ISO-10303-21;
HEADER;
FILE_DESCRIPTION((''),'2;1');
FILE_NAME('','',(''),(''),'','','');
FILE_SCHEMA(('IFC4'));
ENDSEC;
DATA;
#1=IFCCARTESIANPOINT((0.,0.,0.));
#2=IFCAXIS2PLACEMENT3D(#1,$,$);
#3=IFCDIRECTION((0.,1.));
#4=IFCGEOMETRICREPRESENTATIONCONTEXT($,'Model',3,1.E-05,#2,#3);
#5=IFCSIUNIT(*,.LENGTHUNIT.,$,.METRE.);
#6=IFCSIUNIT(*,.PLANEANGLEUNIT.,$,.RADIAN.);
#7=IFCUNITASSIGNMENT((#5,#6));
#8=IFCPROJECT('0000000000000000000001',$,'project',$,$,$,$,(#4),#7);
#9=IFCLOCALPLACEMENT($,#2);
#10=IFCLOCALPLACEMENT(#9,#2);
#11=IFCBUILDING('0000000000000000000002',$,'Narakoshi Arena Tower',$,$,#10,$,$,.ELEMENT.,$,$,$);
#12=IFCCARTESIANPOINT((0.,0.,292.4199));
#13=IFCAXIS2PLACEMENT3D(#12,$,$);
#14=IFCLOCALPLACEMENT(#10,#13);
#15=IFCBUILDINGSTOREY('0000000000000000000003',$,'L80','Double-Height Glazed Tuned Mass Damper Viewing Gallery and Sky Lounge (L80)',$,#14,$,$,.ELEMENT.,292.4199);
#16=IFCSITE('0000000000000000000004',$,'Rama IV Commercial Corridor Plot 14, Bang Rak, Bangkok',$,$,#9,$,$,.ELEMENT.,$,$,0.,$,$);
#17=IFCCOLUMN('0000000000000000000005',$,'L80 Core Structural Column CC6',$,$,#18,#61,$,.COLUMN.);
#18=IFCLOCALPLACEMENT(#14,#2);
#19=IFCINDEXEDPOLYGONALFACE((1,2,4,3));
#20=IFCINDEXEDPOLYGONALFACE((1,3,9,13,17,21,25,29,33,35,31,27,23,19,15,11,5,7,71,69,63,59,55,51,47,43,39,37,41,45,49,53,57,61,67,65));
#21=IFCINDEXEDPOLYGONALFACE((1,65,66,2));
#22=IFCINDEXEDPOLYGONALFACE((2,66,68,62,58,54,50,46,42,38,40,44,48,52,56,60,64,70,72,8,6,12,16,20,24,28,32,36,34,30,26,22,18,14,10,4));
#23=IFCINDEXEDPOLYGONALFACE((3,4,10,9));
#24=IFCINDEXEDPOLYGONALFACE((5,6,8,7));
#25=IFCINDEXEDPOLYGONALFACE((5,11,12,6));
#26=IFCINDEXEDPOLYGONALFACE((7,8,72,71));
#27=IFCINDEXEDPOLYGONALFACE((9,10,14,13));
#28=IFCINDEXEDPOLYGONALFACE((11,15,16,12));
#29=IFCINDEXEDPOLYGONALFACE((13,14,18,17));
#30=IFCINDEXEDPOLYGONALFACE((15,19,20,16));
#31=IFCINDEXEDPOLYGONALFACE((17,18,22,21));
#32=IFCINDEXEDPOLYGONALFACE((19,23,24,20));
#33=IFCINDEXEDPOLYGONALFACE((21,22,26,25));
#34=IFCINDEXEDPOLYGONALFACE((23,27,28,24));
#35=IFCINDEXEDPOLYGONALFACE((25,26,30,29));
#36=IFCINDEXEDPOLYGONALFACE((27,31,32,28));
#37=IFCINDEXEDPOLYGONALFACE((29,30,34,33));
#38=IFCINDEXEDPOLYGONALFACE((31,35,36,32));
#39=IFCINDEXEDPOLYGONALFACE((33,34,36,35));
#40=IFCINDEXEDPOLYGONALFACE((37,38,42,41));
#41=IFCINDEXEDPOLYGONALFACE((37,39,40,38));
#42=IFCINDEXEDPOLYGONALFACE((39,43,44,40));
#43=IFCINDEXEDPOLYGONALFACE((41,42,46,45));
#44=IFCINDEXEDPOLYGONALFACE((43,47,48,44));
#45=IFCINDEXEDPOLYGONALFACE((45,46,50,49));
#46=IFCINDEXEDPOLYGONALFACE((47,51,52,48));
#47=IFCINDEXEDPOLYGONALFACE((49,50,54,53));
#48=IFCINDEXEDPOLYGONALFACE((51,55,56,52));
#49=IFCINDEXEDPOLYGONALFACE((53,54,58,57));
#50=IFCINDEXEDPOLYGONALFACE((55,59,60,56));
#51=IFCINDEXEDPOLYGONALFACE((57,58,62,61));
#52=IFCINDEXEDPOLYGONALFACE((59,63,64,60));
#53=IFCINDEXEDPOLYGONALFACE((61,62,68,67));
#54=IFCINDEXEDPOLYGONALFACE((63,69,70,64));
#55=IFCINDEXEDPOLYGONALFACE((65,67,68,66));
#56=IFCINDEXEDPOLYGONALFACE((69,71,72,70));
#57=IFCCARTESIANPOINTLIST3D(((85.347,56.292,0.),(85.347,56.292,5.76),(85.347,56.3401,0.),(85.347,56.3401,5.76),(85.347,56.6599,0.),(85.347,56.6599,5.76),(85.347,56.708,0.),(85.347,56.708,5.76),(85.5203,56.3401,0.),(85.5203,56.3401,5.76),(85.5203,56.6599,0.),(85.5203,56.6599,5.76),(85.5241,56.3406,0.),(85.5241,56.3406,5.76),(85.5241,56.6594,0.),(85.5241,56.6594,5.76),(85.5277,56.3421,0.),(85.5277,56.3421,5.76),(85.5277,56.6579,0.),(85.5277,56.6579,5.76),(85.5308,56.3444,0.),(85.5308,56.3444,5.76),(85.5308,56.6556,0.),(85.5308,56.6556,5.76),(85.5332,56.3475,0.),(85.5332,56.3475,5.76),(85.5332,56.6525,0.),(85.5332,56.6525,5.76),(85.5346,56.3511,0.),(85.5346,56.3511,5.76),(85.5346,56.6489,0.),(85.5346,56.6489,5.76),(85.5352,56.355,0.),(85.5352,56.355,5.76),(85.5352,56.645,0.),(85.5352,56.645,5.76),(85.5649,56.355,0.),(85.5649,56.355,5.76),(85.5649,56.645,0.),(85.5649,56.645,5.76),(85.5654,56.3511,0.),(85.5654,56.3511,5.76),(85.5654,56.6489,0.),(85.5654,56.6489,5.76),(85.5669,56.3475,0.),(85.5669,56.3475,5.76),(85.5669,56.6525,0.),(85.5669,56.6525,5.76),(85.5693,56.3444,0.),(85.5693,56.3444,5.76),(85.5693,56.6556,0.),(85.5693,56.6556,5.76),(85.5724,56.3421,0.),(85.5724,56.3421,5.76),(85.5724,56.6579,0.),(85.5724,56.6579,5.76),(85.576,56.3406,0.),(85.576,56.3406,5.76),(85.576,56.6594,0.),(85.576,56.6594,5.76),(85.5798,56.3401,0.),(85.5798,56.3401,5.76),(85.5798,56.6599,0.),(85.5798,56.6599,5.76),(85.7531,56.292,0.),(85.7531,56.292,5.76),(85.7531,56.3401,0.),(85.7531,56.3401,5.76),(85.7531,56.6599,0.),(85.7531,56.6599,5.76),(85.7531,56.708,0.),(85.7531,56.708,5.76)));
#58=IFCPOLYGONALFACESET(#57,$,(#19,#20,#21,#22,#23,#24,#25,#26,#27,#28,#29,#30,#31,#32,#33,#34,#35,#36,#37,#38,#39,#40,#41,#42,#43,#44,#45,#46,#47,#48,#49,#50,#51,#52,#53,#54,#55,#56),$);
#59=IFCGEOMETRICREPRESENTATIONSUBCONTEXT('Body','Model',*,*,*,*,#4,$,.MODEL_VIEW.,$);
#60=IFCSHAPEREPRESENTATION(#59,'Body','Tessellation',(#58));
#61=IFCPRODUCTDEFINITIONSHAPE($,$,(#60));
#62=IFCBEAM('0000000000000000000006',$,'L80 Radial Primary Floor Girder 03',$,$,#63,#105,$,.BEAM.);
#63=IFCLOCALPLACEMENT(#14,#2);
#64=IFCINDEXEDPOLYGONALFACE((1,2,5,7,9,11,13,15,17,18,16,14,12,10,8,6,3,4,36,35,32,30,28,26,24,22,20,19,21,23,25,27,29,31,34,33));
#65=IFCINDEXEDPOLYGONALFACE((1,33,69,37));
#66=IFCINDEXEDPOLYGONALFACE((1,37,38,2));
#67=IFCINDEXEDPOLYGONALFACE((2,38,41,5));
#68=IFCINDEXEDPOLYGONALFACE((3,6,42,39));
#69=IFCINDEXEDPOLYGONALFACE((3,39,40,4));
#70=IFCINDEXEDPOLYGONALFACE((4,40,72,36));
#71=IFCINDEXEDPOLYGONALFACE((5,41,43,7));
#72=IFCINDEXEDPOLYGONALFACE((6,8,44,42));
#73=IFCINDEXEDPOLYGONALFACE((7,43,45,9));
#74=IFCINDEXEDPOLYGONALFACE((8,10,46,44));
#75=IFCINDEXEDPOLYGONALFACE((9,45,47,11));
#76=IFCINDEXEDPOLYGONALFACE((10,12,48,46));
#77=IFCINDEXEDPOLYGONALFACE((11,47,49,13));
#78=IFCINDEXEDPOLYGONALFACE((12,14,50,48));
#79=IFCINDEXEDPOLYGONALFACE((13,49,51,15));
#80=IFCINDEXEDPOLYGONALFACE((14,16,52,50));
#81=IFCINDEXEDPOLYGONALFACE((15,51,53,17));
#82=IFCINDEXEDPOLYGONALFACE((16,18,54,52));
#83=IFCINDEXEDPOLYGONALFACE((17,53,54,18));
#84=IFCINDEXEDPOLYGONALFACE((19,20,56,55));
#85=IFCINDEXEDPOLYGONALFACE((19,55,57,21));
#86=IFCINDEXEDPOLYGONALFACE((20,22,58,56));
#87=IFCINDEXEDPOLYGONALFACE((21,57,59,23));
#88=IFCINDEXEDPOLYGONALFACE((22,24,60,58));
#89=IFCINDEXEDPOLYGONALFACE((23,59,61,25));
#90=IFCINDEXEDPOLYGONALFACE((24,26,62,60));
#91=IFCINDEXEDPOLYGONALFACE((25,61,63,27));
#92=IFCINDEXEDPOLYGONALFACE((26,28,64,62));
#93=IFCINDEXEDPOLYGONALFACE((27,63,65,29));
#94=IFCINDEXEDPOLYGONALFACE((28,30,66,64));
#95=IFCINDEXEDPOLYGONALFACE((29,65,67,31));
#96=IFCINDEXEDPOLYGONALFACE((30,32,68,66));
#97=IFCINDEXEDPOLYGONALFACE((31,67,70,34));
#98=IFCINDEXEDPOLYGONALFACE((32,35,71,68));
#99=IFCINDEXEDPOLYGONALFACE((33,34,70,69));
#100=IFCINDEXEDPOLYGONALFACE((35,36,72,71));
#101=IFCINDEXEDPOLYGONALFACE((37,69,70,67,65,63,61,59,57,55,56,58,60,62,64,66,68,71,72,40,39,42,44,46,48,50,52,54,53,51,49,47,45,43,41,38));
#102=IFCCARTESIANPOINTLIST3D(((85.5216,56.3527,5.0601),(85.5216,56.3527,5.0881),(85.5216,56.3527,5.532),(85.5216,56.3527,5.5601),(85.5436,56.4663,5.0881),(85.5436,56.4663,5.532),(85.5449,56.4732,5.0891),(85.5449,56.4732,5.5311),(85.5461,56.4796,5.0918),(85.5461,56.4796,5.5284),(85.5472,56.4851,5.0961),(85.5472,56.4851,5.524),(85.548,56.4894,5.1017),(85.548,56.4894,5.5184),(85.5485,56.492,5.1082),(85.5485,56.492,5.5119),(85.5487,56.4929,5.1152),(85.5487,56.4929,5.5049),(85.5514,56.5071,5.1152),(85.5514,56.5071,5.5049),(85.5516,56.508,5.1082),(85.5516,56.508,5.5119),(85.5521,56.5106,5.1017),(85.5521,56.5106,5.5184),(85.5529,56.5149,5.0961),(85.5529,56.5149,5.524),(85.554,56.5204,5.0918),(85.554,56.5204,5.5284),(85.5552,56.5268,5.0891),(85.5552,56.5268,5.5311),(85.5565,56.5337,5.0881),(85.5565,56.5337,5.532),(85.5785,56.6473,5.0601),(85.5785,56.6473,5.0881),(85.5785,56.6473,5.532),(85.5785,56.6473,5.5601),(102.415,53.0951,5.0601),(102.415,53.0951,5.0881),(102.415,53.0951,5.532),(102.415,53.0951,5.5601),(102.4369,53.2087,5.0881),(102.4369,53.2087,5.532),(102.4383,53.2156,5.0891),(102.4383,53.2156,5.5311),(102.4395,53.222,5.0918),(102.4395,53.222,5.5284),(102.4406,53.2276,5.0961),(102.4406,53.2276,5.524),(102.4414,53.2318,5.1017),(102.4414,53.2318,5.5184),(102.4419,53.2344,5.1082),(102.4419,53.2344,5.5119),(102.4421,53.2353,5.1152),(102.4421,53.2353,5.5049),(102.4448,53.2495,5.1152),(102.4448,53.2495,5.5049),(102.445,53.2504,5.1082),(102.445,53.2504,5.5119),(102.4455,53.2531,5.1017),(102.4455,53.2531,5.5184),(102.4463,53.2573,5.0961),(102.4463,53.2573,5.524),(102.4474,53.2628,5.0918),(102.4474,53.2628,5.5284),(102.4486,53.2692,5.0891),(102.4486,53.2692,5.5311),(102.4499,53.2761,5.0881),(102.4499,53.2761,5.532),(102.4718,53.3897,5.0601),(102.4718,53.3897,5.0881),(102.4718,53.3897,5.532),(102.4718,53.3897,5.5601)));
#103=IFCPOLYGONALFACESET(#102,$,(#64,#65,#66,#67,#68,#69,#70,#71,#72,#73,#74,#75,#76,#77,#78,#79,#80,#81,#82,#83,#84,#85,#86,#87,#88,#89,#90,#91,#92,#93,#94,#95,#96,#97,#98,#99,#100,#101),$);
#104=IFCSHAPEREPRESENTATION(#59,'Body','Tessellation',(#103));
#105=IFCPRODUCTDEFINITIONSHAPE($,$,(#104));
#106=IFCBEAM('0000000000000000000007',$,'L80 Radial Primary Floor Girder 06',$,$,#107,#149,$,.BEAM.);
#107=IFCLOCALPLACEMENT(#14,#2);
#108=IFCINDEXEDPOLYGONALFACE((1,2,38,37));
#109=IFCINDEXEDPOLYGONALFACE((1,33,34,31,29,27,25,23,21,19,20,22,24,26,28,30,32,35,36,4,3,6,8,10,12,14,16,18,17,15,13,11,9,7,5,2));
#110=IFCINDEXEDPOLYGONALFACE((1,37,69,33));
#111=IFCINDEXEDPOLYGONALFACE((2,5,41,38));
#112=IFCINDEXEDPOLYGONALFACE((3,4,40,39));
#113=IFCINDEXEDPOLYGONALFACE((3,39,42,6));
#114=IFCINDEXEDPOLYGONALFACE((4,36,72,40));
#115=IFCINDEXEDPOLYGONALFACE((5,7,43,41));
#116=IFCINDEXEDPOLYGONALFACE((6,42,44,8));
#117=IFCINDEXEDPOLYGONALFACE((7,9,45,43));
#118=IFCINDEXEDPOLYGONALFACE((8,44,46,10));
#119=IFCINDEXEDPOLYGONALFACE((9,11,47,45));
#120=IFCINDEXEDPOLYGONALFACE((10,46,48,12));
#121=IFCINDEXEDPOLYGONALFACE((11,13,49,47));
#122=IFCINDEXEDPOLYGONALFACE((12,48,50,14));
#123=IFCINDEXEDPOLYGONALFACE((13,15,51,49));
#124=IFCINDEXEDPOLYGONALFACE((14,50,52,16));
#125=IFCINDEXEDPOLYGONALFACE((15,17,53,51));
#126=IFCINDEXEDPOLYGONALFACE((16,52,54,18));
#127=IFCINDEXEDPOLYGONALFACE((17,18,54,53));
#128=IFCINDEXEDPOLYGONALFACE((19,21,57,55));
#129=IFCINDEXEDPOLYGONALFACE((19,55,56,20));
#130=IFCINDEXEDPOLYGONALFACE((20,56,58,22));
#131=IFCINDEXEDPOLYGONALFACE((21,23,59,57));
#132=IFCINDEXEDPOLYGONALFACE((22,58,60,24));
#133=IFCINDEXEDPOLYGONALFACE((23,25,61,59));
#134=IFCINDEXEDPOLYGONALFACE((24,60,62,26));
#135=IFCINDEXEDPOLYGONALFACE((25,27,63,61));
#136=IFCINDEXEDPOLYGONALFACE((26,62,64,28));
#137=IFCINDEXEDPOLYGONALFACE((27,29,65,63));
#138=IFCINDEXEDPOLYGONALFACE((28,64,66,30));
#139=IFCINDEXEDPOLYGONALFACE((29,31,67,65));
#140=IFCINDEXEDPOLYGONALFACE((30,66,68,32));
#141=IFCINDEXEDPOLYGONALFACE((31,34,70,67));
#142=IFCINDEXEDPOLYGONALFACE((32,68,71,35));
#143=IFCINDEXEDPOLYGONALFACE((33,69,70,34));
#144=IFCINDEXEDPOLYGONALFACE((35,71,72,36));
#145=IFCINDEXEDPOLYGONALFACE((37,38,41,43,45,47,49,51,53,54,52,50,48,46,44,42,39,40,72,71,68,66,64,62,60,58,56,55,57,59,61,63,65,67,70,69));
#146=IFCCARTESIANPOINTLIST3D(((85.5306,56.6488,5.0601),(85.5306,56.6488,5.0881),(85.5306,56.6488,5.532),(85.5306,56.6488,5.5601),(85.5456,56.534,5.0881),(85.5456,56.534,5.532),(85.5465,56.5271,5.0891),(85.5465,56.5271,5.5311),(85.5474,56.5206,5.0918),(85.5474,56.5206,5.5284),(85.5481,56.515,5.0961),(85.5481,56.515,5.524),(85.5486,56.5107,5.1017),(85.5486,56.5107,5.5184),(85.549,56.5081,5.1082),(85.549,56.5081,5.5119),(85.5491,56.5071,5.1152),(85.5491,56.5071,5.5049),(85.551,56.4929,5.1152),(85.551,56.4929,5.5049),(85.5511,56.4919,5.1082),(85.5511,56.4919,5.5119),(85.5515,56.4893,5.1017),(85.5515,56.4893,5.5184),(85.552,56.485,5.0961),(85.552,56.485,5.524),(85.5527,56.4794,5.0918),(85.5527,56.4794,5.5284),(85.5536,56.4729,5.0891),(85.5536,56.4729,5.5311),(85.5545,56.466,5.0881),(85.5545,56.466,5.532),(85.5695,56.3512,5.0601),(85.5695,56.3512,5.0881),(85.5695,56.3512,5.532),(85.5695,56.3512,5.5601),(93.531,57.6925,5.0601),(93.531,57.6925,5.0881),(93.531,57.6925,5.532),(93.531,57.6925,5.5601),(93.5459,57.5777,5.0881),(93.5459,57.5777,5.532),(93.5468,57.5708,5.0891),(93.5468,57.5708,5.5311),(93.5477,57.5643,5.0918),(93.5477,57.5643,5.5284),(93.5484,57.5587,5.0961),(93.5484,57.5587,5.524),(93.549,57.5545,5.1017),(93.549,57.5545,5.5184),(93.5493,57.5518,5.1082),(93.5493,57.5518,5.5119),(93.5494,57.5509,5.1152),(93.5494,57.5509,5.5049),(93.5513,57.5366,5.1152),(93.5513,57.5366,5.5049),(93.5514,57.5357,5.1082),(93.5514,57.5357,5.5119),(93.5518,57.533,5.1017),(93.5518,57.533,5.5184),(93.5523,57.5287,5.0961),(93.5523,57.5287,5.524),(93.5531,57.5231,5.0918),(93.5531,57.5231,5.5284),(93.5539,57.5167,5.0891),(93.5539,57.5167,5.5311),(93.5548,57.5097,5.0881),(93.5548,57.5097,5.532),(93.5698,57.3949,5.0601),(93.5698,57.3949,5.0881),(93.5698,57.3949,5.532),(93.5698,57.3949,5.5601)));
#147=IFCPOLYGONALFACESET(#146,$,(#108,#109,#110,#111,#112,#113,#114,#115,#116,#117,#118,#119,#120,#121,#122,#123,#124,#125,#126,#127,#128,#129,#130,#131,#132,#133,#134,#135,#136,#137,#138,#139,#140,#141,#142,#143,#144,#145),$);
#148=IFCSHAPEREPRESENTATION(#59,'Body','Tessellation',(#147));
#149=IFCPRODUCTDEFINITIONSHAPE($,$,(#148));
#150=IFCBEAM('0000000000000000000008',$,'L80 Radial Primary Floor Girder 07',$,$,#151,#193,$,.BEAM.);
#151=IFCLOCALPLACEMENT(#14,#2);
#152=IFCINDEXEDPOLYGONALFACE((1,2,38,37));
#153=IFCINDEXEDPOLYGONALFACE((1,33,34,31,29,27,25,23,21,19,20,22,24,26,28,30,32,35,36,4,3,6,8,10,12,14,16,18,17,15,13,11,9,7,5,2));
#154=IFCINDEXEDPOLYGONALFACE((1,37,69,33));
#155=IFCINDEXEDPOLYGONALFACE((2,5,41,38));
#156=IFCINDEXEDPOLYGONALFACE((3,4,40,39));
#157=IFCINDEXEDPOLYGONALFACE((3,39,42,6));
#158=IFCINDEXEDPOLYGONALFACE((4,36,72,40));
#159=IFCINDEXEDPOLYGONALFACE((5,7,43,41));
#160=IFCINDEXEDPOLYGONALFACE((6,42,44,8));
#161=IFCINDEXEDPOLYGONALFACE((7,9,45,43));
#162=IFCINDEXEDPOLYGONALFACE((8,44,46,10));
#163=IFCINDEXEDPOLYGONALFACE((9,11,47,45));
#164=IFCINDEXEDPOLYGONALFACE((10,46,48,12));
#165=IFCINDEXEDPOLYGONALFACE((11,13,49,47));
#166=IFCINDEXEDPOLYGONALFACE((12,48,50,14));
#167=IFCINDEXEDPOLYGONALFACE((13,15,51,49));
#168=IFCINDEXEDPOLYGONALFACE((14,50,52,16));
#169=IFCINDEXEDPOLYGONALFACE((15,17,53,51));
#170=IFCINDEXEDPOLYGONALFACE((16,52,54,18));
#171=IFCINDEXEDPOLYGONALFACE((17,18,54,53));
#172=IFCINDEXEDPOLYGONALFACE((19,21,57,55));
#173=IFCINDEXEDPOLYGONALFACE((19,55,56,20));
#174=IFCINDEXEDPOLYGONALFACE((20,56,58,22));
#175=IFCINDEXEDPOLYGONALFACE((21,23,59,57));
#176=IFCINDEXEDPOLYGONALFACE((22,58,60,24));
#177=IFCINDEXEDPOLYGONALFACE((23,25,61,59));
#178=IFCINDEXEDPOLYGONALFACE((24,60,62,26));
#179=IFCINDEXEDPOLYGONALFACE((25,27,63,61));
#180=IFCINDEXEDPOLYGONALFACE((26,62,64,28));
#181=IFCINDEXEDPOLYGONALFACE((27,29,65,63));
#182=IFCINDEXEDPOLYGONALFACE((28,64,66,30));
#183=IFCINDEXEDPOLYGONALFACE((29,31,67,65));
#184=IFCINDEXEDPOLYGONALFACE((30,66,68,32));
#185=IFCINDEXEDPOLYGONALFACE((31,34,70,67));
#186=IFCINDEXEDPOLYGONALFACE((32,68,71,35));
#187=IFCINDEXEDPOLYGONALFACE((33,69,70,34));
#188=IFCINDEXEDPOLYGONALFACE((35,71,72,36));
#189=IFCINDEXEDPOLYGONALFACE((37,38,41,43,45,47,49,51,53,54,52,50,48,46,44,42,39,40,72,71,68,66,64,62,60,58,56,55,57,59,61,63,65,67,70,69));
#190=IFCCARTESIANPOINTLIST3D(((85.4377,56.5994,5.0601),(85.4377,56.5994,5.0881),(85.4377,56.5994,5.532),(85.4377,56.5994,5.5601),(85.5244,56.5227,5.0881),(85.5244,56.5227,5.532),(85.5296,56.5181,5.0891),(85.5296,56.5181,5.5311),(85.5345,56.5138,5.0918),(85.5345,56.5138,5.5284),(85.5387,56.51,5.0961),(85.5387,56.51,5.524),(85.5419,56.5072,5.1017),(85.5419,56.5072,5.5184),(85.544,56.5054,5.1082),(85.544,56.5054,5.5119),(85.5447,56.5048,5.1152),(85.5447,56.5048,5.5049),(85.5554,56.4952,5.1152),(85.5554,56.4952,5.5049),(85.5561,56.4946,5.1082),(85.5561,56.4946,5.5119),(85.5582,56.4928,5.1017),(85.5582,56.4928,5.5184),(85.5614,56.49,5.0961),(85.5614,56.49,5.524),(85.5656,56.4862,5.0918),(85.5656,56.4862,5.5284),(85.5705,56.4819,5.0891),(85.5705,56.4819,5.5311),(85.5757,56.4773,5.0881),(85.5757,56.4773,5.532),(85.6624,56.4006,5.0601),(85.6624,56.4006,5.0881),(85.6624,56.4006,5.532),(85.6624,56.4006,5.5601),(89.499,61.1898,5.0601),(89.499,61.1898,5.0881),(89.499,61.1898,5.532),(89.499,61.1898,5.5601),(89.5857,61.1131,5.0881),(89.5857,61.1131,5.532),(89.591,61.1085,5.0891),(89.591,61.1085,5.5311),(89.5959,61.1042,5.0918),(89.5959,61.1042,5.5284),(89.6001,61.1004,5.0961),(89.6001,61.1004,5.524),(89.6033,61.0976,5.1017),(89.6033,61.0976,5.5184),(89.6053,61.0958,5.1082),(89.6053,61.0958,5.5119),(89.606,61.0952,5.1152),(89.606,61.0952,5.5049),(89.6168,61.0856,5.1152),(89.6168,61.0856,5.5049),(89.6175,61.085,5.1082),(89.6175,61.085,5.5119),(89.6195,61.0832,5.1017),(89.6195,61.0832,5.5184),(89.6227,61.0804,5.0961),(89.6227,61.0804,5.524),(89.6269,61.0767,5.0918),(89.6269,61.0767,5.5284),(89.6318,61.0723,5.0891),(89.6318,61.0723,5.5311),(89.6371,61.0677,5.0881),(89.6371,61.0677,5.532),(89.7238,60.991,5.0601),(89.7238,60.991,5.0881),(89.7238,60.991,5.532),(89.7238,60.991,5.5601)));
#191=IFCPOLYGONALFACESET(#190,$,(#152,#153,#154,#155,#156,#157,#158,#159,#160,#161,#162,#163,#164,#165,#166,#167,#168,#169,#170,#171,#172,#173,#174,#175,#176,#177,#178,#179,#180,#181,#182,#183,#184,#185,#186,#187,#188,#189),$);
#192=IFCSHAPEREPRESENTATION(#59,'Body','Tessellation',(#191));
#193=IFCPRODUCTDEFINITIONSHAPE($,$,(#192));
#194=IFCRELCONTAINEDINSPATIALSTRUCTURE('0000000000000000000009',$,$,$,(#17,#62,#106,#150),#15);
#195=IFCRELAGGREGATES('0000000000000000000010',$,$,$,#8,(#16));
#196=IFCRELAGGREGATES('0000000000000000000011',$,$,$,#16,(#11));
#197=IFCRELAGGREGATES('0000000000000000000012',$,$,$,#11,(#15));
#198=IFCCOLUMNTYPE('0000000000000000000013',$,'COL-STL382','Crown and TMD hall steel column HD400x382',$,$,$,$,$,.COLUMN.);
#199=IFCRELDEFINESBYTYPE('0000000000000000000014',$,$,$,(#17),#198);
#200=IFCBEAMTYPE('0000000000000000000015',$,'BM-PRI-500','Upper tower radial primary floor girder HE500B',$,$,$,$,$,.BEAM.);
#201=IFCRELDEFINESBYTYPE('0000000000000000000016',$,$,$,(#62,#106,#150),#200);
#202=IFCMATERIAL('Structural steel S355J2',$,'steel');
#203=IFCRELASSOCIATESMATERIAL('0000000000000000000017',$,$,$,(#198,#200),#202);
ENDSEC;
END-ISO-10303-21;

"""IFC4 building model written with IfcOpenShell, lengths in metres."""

from ifc_helpers import new_model, si_unit, direction, frame, origin, origin_2d, place, context, subcontext, project, spatial, i_section, extrude, material, material_profile, profile_set, type_object, element, save


model = new_model("IFC4")

# Units and contexts
model_context = context("Model", 3, precision=1e-05, world=origin(), true_north=direction((0.0, 1.0)))
body_context = subcontext(model_context, "Body", "Model", "MODEL_VIEW")
ifc_project = project(units=[si_unit("LENGTHUNIT", "METRE"), si_unit("PLANEANGLEUNIT", "RADIAN")], contexts=[model_context])

# Site, building, storey
site_placement = place(None, origin())
site = spatial("IfcSite", under=ifc_project, at=site_placement, Name="Rama IV Commercial Corridor Plot 14, Bang Rak, Bangkok", CompositionType="ELEMENT", RefElevation=0.0)
building_placement = place(site_placement, origin())
building = spatial("IfcBuilding", under=site, at=building_placement, Name="Narakoshi Arena Tower", CompositionType="ELEMENT")
storey_placement = place(building_placement, frame((0.0, 0.0, 292.4199)))
storey = spatial("IfcBuildingStorey", under=building, at=storey_placement, Name="L80", Description="Double-Height Glazed Tuned Mass Damper Viewing Gallery and Sky Lounge (L80)", CompositionType="ELEMENT", Elevation=292.4199)

# Column
ifc_material_1 = material(Name="Structural steel S355J2", Category="steel")
ifc_material_profile_1 = material_profile(ifc_material_1, i_section(OverallWidth=0.406, OverallDepth=0.416, WebThickness=0.0298, FlangeThickness=0.0481, FilletRadius=0.0149, at=origin_2d()), Name="HD400x382")
ifc_profile_set_1 = profile_set([ifc_material_profile_1], Name="Structural steel S355J2")
column_type = type_object("IfcColumnType", Name="COL-STL382", Description="Crown and TMD hall steel column HD400x382", PredefinedType="COLUMN", material=ifc_profile_set_1)
column_placement = place(storey_placement, frame((85.55, 56.5, 0.0), z_axis=(0.0, 0.0, 1.0), x_axis=(1.0, 0.0, 0.0)))
element("IfcColumn", 1, at=column_placement, inside=storey, type_object=column_type, Name="L80 Core Structural Column CC6", PredefinedType="COLUMN", context=body_context, shape_type="SweptSolid", body=[
    extrude(i_section(OverallWidth=0.406, OverallDepth=0.416, WebThickness=0.0298, FlangeThickness=0.0481, FilletRadius=0.0149, at=origin_2d()), origin(), (0.0, 0.0, 1.0), 5.76),
])

# Beams
ifc_material_profile_2 = material_profile(ifc_material_1, i_section(OverallWidth=0.3, OverallDepth=0.5, WebThickness=0.0144, FlangeThickness=0.0281, FilletRadius=0.0271, at=origin_2d()), Name="HE500B")
ifc_profile_set_2 = profile_set([ifc_material_profile_2], Name="Structural steel S355J2")
beam_type_1 = type_object("IfcBeamType", Name="BM-PRI-500", Description="Upper tower radial primary floor girder HE500B", PredefinedType="BEAM", material=ifc_profile_set_2)
beam_1_placement = place(storey_placement, frame((85.55, 56.5, 5.3101), z_axis=(0.981911, -0.189344, 0.0), x_axis=(0.189344, 0.981911, 0.0)))
element("IfcBeam", 2, at=beam_1_placement, inside=storey, type_object=beam_type_1, Name="L80 Radial Primary Floor Girder 03", PredefinedType="BEAM", context=body_context, shape_type="SweptSolid", body=[
    extrude(i_section(OverallWidth=0.3, OverallDepth=0.5, WebThickness=0.0144, FlangeThickness=0.0281, FilletRadius=0.0271, at=origin_2d()), origin(), (0.0, 0.0, 1.0), 17.2046),
])
beam_2_placement = place(storey_placement, frame((85.55, 56.5, 5.3101), z_axis=(0.991597, 0.129362, 0.0), x_axis=(-0.129362, 0.991597, 0.0)))
element("IfcBeam", 3, at=beam_2_placement, inside=storey, type_object=beam_type_1, Name="L80 Radial Primary Floor Girder 06", PredefinedType="BEAM", context=body_context, shape_type="SweptSolid", body=[
    extrude(i_section(OverallWidth=0.3, OverallDepth=0.5, WebThickness=0.0144, FlangeThickness=0.0281, FilletRadius=0.0271, at=origin_2d()), origin(), (0.0, 0.0, 1.0), 8.0681),
])
beam_3_placement = place(storey_placement, frame((85.55, 56.5, 5.3101), z_axis=(0.662629, 0.748948, 0.0), x_axis=(-0.748948, 0.662629, 0.0)))
element("IfcBeam", 4, at=beam_3_placement, inside=storey, type_object=beam_type_1, Name="L80 Radial Primary Floor Girder 07", PredefinedType="BEAM", context=body_context, shape_type="SweptSolid", body=[
    extrude(i_section(OverallWidth=0.3, OverallDepth=0.5, WebThickness=0.0144, FlangeThickness=0.0281, FilletRadius=0.0271, at=origin_2d()), origin(), (0.0, 0.0, 1.0), 6.1292),
])

save(model, "model.ifc")
